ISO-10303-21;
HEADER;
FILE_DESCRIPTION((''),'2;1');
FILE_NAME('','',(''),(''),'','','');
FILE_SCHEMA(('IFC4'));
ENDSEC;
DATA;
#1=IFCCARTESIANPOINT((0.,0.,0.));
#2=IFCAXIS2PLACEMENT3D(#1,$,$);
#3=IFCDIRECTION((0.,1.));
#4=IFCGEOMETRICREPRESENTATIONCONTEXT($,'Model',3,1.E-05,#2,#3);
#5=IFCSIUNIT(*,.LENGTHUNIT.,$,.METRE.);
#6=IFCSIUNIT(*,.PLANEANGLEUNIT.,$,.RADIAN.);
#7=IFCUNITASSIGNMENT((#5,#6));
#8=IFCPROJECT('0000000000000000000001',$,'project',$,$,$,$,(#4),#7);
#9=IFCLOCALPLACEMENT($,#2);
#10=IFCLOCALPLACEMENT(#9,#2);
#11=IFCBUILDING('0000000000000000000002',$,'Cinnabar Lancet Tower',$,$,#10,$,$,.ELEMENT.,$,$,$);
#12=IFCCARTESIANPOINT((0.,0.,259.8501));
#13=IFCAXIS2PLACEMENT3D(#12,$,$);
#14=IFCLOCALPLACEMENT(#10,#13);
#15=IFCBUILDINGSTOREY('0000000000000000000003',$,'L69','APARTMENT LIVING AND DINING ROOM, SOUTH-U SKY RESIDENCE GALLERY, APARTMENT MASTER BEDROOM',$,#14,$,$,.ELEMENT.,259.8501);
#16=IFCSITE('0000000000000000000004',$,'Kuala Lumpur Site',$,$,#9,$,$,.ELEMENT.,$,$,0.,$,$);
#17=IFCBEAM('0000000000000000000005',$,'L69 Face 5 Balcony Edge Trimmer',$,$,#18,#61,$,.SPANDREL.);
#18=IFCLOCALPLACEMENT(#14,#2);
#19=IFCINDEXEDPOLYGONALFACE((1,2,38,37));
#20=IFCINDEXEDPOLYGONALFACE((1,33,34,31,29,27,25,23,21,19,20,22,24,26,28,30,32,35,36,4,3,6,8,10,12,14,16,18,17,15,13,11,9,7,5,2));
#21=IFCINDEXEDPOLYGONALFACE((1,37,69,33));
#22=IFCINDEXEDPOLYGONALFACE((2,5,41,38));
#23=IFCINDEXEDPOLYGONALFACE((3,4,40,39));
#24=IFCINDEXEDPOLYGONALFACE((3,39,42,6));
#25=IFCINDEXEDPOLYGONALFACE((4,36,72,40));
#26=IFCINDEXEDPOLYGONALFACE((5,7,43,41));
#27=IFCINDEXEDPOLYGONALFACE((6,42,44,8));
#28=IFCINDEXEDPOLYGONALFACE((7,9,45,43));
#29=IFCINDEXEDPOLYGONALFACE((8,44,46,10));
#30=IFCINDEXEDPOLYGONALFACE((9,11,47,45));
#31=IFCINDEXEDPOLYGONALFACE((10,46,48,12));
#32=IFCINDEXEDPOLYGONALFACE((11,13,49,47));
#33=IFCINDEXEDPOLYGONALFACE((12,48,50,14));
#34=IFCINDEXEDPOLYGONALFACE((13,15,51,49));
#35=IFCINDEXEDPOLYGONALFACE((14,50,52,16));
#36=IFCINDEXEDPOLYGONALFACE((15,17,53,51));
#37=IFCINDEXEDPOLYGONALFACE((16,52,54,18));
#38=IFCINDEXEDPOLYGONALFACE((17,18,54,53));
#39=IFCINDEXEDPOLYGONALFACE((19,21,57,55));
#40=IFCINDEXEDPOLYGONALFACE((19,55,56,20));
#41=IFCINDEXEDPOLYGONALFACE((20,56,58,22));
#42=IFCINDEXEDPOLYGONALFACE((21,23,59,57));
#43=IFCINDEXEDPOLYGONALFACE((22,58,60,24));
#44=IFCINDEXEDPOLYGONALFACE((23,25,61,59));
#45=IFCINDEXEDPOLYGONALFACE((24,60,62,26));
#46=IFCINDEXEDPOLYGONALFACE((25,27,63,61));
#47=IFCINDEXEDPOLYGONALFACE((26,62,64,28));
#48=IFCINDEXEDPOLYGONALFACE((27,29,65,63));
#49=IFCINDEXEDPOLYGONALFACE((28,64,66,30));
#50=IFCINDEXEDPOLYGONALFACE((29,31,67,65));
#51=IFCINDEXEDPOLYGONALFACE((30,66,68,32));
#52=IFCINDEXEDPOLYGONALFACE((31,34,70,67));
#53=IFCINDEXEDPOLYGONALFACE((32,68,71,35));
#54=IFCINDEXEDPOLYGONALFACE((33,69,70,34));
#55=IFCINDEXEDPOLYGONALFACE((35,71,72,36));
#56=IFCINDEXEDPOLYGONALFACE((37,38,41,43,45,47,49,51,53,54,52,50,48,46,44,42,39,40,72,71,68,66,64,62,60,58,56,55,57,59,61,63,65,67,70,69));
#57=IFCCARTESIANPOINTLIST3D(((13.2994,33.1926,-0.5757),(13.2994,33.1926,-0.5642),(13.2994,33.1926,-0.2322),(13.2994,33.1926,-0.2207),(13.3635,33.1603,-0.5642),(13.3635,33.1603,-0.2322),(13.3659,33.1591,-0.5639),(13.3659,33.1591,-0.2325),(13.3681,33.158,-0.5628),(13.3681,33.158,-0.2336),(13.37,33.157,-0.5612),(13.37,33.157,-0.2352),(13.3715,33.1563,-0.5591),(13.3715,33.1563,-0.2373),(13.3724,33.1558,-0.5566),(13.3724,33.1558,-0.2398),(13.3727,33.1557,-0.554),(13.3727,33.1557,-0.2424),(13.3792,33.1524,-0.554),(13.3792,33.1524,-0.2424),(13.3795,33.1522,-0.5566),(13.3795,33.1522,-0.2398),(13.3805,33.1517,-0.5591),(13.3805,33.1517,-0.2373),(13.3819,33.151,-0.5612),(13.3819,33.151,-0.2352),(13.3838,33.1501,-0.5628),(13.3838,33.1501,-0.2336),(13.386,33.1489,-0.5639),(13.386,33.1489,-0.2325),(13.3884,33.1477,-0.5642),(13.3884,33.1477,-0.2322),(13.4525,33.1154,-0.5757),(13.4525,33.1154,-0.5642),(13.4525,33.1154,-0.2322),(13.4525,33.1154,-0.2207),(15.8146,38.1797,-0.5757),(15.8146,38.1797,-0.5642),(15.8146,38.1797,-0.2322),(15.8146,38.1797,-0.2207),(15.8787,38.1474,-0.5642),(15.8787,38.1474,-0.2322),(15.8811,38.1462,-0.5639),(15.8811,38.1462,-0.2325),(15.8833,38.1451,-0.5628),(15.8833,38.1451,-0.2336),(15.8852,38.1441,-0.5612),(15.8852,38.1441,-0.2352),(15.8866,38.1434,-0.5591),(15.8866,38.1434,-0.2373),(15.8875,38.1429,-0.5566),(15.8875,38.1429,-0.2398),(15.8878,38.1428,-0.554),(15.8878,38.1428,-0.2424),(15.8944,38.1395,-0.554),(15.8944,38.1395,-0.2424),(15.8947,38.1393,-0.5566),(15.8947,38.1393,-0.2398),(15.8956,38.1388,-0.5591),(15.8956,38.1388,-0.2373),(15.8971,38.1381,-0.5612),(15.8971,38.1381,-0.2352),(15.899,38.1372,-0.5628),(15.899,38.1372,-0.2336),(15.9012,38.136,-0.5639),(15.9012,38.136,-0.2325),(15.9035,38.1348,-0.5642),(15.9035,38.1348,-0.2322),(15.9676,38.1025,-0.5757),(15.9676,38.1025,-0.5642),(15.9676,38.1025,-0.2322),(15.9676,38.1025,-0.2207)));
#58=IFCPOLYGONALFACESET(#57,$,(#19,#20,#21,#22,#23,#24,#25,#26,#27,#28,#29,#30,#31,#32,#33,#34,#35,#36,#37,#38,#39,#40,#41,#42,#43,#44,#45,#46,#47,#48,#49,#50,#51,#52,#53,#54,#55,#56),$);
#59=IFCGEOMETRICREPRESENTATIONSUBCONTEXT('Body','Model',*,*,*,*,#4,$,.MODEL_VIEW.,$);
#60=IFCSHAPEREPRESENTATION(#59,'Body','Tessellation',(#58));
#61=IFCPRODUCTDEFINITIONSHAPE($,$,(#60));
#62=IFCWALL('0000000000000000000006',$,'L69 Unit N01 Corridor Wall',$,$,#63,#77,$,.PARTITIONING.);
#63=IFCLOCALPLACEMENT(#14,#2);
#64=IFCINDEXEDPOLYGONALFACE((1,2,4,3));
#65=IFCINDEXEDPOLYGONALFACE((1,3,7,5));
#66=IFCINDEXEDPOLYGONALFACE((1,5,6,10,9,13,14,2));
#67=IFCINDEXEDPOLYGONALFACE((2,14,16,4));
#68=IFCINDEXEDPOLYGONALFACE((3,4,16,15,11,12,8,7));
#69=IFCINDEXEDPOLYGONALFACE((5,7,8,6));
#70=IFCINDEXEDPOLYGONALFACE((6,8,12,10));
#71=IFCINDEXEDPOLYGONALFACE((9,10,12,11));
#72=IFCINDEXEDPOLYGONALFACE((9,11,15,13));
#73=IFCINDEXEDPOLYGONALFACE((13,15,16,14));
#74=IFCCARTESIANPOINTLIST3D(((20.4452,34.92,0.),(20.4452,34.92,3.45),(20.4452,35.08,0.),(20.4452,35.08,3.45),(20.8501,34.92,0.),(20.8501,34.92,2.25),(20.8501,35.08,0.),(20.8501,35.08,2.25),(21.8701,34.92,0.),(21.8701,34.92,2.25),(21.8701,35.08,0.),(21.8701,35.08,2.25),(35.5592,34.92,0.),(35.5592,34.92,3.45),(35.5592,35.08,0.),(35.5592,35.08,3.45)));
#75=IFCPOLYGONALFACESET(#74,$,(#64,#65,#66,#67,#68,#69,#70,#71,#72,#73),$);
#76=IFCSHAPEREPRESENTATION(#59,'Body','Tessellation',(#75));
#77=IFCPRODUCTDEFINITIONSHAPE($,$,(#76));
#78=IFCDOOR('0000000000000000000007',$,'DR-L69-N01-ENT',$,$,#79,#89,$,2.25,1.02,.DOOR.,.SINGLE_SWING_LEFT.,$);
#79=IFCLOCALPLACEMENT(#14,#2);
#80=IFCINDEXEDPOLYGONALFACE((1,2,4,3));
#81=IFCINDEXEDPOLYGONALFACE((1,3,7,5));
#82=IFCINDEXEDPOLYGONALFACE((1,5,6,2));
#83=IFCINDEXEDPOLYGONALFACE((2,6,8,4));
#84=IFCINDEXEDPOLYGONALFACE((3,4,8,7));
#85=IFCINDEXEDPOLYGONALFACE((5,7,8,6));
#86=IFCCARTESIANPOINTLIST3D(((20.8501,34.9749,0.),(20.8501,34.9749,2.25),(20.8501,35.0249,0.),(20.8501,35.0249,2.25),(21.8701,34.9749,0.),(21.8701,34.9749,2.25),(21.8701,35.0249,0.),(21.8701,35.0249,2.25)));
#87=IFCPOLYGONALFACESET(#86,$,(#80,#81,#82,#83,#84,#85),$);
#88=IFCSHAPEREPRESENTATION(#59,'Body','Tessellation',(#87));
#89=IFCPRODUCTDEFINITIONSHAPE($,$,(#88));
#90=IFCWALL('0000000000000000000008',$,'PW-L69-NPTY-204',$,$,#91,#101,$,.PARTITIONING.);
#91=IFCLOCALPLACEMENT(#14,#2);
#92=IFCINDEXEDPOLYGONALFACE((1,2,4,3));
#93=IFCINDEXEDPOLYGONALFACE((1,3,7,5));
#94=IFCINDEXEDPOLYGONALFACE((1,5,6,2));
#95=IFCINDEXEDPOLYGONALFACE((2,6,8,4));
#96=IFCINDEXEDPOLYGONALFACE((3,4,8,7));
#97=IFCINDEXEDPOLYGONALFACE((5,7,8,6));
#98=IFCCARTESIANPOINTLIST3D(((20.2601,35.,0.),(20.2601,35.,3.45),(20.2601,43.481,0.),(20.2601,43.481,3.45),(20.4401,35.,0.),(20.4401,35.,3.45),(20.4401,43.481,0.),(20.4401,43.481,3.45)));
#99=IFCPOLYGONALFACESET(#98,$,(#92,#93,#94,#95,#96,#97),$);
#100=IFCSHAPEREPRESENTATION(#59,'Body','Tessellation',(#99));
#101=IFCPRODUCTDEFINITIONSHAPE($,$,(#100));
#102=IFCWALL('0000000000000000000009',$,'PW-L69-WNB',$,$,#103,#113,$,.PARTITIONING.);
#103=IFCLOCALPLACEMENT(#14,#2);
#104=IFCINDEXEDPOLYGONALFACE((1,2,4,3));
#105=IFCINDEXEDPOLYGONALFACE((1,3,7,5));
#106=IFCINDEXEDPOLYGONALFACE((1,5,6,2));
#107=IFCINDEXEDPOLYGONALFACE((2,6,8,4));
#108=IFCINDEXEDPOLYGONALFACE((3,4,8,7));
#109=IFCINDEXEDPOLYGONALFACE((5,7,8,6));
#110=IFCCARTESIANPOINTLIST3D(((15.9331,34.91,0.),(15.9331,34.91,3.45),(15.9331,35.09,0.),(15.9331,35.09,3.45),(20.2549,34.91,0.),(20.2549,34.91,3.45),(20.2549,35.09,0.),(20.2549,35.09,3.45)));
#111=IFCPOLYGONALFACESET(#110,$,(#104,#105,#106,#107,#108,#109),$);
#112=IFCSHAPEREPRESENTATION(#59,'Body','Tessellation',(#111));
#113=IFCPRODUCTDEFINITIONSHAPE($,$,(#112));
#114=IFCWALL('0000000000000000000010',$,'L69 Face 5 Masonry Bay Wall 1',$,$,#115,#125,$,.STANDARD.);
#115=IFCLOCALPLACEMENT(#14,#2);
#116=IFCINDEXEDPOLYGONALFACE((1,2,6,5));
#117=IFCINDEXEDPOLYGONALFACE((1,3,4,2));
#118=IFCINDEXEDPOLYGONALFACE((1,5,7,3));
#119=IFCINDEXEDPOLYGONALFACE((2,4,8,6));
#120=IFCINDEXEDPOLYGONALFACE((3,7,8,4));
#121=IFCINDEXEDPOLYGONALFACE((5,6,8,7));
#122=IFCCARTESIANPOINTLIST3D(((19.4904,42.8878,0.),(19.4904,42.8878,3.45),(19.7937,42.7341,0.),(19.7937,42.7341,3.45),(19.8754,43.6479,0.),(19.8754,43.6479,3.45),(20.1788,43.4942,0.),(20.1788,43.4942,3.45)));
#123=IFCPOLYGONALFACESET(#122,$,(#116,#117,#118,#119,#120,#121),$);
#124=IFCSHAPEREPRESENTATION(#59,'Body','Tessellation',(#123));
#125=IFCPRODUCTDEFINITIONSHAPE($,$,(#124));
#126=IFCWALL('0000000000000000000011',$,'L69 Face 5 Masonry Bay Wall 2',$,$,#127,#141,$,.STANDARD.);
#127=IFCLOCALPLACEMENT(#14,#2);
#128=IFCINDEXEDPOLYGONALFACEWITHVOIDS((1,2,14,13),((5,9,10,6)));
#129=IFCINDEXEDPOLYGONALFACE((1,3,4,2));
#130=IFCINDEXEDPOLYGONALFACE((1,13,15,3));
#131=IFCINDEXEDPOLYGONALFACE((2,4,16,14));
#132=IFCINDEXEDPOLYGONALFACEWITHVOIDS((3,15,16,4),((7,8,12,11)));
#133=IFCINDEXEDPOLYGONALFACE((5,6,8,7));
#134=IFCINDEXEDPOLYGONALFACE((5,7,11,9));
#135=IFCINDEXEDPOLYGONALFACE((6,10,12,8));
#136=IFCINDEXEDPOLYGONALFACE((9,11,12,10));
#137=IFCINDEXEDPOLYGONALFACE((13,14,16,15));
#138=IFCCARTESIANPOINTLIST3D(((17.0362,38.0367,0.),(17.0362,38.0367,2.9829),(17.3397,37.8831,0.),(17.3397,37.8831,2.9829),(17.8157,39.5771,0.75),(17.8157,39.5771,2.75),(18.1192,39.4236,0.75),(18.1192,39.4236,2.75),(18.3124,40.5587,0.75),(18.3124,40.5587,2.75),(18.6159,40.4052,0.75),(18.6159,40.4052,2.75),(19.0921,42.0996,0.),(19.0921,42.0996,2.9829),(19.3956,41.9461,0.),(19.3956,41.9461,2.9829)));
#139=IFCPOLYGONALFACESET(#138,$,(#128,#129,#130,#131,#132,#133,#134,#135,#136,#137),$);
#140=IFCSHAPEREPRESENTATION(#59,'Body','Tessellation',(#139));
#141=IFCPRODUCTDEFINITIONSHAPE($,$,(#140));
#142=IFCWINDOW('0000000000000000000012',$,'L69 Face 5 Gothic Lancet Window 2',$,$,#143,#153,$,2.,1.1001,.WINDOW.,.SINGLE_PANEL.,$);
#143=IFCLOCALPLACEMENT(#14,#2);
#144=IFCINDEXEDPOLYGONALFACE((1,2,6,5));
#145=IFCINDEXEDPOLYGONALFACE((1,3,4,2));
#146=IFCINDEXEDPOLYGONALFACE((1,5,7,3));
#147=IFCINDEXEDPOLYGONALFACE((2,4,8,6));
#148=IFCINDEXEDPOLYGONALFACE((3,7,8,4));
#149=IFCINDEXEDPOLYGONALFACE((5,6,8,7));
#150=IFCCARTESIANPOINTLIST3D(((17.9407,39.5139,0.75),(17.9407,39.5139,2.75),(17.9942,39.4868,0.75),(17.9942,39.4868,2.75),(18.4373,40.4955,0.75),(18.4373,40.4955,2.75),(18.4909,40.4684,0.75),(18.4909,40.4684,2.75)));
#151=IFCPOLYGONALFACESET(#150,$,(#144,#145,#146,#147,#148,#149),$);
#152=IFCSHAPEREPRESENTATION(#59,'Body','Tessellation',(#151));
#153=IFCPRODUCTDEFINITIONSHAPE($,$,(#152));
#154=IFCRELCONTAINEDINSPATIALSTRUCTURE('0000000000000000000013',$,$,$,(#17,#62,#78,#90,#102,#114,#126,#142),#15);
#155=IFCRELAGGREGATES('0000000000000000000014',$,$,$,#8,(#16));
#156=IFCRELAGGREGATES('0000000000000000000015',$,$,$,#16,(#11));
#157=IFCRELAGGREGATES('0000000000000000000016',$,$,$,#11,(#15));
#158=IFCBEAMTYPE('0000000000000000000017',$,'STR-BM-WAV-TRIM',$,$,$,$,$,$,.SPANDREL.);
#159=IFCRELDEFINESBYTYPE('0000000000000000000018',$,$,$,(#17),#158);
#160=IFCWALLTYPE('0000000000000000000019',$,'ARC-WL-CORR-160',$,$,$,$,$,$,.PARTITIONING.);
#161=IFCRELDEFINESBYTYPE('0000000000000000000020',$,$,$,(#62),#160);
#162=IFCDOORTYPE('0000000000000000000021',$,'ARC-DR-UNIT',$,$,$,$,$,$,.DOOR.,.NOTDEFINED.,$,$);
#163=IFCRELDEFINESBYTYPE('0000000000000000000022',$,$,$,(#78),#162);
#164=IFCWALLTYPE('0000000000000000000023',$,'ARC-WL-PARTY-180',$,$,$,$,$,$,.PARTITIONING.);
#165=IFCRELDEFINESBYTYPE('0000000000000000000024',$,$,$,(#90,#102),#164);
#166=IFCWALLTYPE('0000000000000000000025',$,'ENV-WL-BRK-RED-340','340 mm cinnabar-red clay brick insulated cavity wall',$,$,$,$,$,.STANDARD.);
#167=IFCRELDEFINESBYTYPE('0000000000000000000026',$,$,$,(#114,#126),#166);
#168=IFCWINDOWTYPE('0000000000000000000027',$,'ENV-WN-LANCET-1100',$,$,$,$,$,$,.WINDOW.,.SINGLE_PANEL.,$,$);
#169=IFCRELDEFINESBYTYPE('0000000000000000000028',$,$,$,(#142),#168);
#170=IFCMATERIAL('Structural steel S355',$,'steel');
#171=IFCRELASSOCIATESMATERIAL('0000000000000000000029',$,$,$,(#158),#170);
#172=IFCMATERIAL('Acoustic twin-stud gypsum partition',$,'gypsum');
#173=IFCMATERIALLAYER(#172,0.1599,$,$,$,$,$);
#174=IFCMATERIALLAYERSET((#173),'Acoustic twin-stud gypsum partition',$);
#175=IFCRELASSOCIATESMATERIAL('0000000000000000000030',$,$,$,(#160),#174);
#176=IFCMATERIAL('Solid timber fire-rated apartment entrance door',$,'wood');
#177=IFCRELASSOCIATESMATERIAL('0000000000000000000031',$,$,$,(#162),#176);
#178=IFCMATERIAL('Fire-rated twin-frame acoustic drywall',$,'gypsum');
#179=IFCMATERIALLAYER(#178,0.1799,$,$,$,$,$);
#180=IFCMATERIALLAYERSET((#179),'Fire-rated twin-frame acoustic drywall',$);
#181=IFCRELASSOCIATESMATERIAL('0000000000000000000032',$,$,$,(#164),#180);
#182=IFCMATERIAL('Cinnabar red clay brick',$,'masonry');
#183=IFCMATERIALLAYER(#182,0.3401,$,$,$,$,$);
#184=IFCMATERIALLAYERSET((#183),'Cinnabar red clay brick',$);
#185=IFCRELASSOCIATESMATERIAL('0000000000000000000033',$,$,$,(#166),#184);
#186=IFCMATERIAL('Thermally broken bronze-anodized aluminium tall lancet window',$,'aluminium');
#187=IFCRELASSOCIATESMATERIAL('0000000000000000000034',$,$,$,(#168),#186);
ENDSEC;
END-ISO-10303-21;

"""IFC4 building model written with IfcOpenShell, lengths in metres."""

from ifc_helpers import new_model, si_unit, direction, frame, frame_2d, origin, origin_2d, place, context, subcontext, project, spatial, rectangle, i_section, extrude, material, layer, layer_set, material_profile, profile_set, type_object, element, fill, save


model = new_model("IFC4")

# Units and contexts
model_context = context("Model", 3, precision=1e-05, world=origin(), true_north=direction((0.0, 1.0)))
body_context = subcontext(model_context, "Body", "Model", "MODEL_VIEW")
ifc_project = project(units=[si_unit("LENGTHUNIT", "METRE"), si_unit("PLANEANGLEUNIT", "RADIAN")], contexts=[model_context])

# Site, building, storey
site_placement = place(None, origin())
site = spatial("IfcSite", under=ifc_project, at=site_placement, Name="Kuala Lumpur Site", CompositionType="ELEMENT", RefElevation=0.0)
building_placement = place(site_placement, origin())
building = spatial("IfcBuilding", under=site, at=building_placement, Name="Cinnabar Lancet Tower", CompositionType="ELEMENT")
storey_placement = place(building_placement, frame((0.0, 0.0, 259.8501)))
storey = spatial("IfcBuildingStorey", under=building, at=storey_placement, Name="L69", Description="APARTMENT LIVING AND DINING ROOM, SOUTH-U SKY RESIDENCE GALLERY, APARTMENT MASTER BEDROOM", CompositionType="ELEMENT", Elevation=259.8501)

# Beam
ifc_material_1 = material(Name="Structural steel S355", Category="steel")
ifc_material_profile_1 = material_profile(ifc_material_1, i_section(OverallWidth=0.1714, OverallDepth=0.355, WebThickness=0.0073, FlangeThickness=0.0115, FilletRadius=0.0103, at=origin_2d()), Name="UKB 356x171x51")
ifc_profile_set_1 = profile_set([ifc_material_profile_1], Name="Structural steel S355")
beam_type_1 = type_object("IfcBeamType", Name="STR-BM-WAV-TRIM", PredefinedType="SPANDREL", material=ifc_profile_set_1)
beam_1_placement = place(storey_placement, frame((15.8911, 38.1411, -0.3982), z_axis=(-0.450306, -0.892874, 0.0), x_axis=(0.892874, -0.450306, 0.0)))
element("IfcBeam", 1, at=beam_1_placement, inside=storey, type_object=beam_type_1, Name="L69 Face 5 Balcony Edge Trimmer", PredefinedType="SPANDREL", context=body_context, shape_type="SweptSolid", body=[
    extrude(i_section(OverallWidth=0.1714, OverallDepth=0.355, WebThickness=0.0073, FlangeThickness=0.0115, FilletRadius=0.0103, at=origin_2d()), origin(), (0.0, 0.0, 1.0), 5.5854),
])

# Wall, opening, door
ifc_material_2 = material(Name="Acoustic twin-stud gypsum partition", Category="gypsum")
ifc_layer_1 = layer(ifc_material_2, 0.1599)
ifc_layer_set_1 = layer_set([ifc_layer_1], Name="Acoustic twin-stud gypsum partition")
wall_type_1 = type_object("IfcWallType", Name="ARC-WL-CORR-160", PredefinedType="PARTITIONING", material=ifc_layer_set_1)
wall_1_placement = place(storey_placement, frame((20.4451, 35.0, 0.0), z_axis=(0.0, 0.0, 1.0), x_axis=(1.0, 0.0, 0.0)))
wall_1 = element("IfcWall", 2, at=wall_1_placement, inside=storey, type_object=wall_type_1, Name="L69 Unit N01 Corridor Wall", PredefinedType="PARTITIONING", context=body_context, shape_type="SweptSolid", body=[
    extrude(rectangle(XDim=15.114, YDim=0.1599, at=frame_2d((7.5571, 0.0))), origin(), (0.0, 0.0, 1.0), 3.45),
])
opening_1_placement = place(wall_1_placement, frame((0.405, 0.0, 0.0)))
opening_1 = element("IfcOpeningElement", 3, at=opening_1_placement, cuts=wall_1, PredefinedType="OPENING", context=body_context, shape_type="SweptSolid", body=[
    extrude(rectangle(XDim=1.02, YDim=2.25, at=frame_2d((0.51, 1.125))), frame((0.0, 0.0898, 0.0), z_axis=(0.0, -1.0, 0.0), x_axis=(1.0, 0.0, 0.0)), (0.0, 0.0, 1.0), 0.1799),
])
ifc_material_3 = material(Name="Solid timber fire-rated apartment entrance door", Category="wood")
door_type_1 = type_object("IfcDoorType", Name="ARC-DR-UNIT", OperationType="NOTDEFINED", PredefinedType="DOOR", material=ifc_material_3)
door_1_placement = place(opening_1_placement, origin())
door_1 = element("IfcDoor", 4, at=door_1_placement, inside=storey, type_object=door_type_1, Name="DR-L69-N01-ENT", OperationType="SINGLE_SWING_LEFT", OverallHeight=2.25, OverallWidth=1.02, PredefinedType="DOOR", context=body_context, shape_type="SweptSolid", body=[
    extrude(rectangle(XDim=1.02, YDim=2.25, at=frame_2d((0.51, 1.125))), frame((0.0, 0.0249, 0.0), z_axis=(0.0, -1.0, 0.0), x_axis=(1.0, 0.0, 0.0)), (0.0, 0.0, 1.0), 0.05),
])
fill(opening_1, door_1)

# Walls
ifc_material_4 = material(Name="Fire-rated twin-frame acoustic drywall", Category="gypsum")
ifc_layer_2 = layer(ifc_material_4, 0.1799)
ifc_layer_set_2 = layer_set([ifc_layer_2], Name="Fire-rated twin-frame acoustic drywall")
wall_type_2 = type_object("IfcWallType", Name="ARC-WL-PARTY-180", PredefinedType="PARTITIONING", material=ifc_layer_set_2)
wall_2_placement = place(storey_placement, frame((20.3501, 35.0, 0.0), z_axis=(0.0, 0.0, 1.0), x_axis=(0.0, 1.0, 0.0)))
element("IfcWall", 5, at=wall_2_placement, inside=storey, type_object=wall_type_2, Name="PW-L69-NPTY-204", PredefinedType="PARTITIONING", context=body_context, shape_type="SweptSolid", body=[
    extrude(rectangle(XDim=8.481, YDim=0.1799, at=frame_2d((4.2405, 0.0))), origin(), (0.0, 0.0, 1.0), 3.45),
])
wall_3_placement = place(storey_placement, frame((15.9331, 35.0, 0.0), z_axis=(0.0, 0.0, 1.0), x_axis=(1.0, 0.0, 0.0)))
element("IfcWall", 6, at=wall_3_placement, inside=storey, type_object=wall_type_2, Name="PW-L69-WNB", PredefinedType="PARTITIONING", context=body_context, shape_type="SweptSolid", body=[
    extrude(rectangle(XDim=4.3218, YDim=0.1799, at=frame_2d((2.1609, 0.0))), origin(), (0.0, 0.0, 1.0), 3.45),
])
ifc_material_5 = material(Name="Cinnabar red clay brick", Category="masonry")
ifc_layer_3 = layer(ifc_material_5, 0.3401)
ifc_layer_set_3 = layer_set([ifc_layer_3], Name="Cinnabar red clay brick")
wall_type_3 = type_object("IfcWallType", Name="ENV-WL-BRK-RED-340", Description="340 mm cinnabar-red clay brick insulated cavity wall", PredefinedType="STANDARD", material=ifc_layer_set_3)
wall_4_placement = place(storey_placement, frame((20.0271, 43.571, 0.0), z_axis=(0.0, 0.0, 1.0), x_axis=(-0.451907, -0.892065, 0.0)))
element("IfcWall", 7, at=wall_4_placement, inside=storey, type_object=wall_type_3, Name="L69 Face 5 Masonry Bay Wall 1", PredefinedType="STANDARD", context=body_context, shape_type="SweptSolid", body=[
    extrude(rectangle(XDim=0.8521, YDim=0.3401, at=frame_2d((0.426, 0.0))), origin(), (0.0, 0.0, 1.0), 3.45),
])

# Wall, opening, window
wall_5_placement = place(storey_placement, frame((19.2439, 42.0229, 0.0), z_axis=(0.0, 0.0, 1.0), x_axis=(-0.451498, -0.892272, 0.0)))
wall_5 = element("IfcWall", 8, at=wall_5_placement, inside=storey, type_object=wall_type_3, Name="L69 Face 5 Masonry Bay Wall 2", PredefinedType="STANDARD", context=body_context, shape_type="SweptSolid", body=[
    extrude(rectangle(XDim=4.5535, YDim=0.3401, at=frame_2d((2.2769, 0.0))), origin(), (0.0, 0.0, 1.0), 2.9829),
])
opening_2_placement = place(wall_5_placement, frame((1.7271, 0.0, 0.75)))
opening_2 = element("IfcOpeningElement", 9, at=opening_2_placement, cuts=wall_5, PredefinedType="OPENING", context=body_context, shape_type="SweptSolid", body=[
    extrude(rectangle(XDim=1.1001, YDim=2.0, at=frame_2d((0.55, 1.0))), frame((0.0, 0.1799, 0.0), z_axis=(0.0, -1.0, 0.0), x_axis=(1.0, 0.0, 0.0)), (0.0, 0.0, 1.0), 0.3601),
])
ifc_material_6 = material(Name="Thermally broken bronze-anodized aluminium tall lancet window", Category="aluminium")
window_type = type_object("IfcWindowType", Name="ENV-WN-LANCET-1100", PartitioningType="SINGLE_PANEL", PredefinedType="WINDOW", material=ifc_material_6)
window_1_placement = place(opening_2_placement, origin())
window_1 = element("IfcWindow", 10, at=window_1_placement, inside=storey, type_object=window_type, Name="L69 Face 5 Gothic Lancet Window 2", OverallHeight=2.0, OverallWidth=1.1001, PartitioningType="SINGLE_PANEL", PredefinedType="WINDOW", context=body_context, shape_type="SweptSolid", body=[
    extrude(rectangle(XDim=1.1001, YDim=2.0, at=frame_2d((0.55, 1.0))), frame((0.0, 0.03, 0.0), z_axis=(0.0, -1.0, 0.0), x_axis=(1.0, 0.0, 0.0)), (0.0, 0.0, 1.0), 0.0601),
])
fill(opening_2, window_1)

save(model, "model.ifc")
